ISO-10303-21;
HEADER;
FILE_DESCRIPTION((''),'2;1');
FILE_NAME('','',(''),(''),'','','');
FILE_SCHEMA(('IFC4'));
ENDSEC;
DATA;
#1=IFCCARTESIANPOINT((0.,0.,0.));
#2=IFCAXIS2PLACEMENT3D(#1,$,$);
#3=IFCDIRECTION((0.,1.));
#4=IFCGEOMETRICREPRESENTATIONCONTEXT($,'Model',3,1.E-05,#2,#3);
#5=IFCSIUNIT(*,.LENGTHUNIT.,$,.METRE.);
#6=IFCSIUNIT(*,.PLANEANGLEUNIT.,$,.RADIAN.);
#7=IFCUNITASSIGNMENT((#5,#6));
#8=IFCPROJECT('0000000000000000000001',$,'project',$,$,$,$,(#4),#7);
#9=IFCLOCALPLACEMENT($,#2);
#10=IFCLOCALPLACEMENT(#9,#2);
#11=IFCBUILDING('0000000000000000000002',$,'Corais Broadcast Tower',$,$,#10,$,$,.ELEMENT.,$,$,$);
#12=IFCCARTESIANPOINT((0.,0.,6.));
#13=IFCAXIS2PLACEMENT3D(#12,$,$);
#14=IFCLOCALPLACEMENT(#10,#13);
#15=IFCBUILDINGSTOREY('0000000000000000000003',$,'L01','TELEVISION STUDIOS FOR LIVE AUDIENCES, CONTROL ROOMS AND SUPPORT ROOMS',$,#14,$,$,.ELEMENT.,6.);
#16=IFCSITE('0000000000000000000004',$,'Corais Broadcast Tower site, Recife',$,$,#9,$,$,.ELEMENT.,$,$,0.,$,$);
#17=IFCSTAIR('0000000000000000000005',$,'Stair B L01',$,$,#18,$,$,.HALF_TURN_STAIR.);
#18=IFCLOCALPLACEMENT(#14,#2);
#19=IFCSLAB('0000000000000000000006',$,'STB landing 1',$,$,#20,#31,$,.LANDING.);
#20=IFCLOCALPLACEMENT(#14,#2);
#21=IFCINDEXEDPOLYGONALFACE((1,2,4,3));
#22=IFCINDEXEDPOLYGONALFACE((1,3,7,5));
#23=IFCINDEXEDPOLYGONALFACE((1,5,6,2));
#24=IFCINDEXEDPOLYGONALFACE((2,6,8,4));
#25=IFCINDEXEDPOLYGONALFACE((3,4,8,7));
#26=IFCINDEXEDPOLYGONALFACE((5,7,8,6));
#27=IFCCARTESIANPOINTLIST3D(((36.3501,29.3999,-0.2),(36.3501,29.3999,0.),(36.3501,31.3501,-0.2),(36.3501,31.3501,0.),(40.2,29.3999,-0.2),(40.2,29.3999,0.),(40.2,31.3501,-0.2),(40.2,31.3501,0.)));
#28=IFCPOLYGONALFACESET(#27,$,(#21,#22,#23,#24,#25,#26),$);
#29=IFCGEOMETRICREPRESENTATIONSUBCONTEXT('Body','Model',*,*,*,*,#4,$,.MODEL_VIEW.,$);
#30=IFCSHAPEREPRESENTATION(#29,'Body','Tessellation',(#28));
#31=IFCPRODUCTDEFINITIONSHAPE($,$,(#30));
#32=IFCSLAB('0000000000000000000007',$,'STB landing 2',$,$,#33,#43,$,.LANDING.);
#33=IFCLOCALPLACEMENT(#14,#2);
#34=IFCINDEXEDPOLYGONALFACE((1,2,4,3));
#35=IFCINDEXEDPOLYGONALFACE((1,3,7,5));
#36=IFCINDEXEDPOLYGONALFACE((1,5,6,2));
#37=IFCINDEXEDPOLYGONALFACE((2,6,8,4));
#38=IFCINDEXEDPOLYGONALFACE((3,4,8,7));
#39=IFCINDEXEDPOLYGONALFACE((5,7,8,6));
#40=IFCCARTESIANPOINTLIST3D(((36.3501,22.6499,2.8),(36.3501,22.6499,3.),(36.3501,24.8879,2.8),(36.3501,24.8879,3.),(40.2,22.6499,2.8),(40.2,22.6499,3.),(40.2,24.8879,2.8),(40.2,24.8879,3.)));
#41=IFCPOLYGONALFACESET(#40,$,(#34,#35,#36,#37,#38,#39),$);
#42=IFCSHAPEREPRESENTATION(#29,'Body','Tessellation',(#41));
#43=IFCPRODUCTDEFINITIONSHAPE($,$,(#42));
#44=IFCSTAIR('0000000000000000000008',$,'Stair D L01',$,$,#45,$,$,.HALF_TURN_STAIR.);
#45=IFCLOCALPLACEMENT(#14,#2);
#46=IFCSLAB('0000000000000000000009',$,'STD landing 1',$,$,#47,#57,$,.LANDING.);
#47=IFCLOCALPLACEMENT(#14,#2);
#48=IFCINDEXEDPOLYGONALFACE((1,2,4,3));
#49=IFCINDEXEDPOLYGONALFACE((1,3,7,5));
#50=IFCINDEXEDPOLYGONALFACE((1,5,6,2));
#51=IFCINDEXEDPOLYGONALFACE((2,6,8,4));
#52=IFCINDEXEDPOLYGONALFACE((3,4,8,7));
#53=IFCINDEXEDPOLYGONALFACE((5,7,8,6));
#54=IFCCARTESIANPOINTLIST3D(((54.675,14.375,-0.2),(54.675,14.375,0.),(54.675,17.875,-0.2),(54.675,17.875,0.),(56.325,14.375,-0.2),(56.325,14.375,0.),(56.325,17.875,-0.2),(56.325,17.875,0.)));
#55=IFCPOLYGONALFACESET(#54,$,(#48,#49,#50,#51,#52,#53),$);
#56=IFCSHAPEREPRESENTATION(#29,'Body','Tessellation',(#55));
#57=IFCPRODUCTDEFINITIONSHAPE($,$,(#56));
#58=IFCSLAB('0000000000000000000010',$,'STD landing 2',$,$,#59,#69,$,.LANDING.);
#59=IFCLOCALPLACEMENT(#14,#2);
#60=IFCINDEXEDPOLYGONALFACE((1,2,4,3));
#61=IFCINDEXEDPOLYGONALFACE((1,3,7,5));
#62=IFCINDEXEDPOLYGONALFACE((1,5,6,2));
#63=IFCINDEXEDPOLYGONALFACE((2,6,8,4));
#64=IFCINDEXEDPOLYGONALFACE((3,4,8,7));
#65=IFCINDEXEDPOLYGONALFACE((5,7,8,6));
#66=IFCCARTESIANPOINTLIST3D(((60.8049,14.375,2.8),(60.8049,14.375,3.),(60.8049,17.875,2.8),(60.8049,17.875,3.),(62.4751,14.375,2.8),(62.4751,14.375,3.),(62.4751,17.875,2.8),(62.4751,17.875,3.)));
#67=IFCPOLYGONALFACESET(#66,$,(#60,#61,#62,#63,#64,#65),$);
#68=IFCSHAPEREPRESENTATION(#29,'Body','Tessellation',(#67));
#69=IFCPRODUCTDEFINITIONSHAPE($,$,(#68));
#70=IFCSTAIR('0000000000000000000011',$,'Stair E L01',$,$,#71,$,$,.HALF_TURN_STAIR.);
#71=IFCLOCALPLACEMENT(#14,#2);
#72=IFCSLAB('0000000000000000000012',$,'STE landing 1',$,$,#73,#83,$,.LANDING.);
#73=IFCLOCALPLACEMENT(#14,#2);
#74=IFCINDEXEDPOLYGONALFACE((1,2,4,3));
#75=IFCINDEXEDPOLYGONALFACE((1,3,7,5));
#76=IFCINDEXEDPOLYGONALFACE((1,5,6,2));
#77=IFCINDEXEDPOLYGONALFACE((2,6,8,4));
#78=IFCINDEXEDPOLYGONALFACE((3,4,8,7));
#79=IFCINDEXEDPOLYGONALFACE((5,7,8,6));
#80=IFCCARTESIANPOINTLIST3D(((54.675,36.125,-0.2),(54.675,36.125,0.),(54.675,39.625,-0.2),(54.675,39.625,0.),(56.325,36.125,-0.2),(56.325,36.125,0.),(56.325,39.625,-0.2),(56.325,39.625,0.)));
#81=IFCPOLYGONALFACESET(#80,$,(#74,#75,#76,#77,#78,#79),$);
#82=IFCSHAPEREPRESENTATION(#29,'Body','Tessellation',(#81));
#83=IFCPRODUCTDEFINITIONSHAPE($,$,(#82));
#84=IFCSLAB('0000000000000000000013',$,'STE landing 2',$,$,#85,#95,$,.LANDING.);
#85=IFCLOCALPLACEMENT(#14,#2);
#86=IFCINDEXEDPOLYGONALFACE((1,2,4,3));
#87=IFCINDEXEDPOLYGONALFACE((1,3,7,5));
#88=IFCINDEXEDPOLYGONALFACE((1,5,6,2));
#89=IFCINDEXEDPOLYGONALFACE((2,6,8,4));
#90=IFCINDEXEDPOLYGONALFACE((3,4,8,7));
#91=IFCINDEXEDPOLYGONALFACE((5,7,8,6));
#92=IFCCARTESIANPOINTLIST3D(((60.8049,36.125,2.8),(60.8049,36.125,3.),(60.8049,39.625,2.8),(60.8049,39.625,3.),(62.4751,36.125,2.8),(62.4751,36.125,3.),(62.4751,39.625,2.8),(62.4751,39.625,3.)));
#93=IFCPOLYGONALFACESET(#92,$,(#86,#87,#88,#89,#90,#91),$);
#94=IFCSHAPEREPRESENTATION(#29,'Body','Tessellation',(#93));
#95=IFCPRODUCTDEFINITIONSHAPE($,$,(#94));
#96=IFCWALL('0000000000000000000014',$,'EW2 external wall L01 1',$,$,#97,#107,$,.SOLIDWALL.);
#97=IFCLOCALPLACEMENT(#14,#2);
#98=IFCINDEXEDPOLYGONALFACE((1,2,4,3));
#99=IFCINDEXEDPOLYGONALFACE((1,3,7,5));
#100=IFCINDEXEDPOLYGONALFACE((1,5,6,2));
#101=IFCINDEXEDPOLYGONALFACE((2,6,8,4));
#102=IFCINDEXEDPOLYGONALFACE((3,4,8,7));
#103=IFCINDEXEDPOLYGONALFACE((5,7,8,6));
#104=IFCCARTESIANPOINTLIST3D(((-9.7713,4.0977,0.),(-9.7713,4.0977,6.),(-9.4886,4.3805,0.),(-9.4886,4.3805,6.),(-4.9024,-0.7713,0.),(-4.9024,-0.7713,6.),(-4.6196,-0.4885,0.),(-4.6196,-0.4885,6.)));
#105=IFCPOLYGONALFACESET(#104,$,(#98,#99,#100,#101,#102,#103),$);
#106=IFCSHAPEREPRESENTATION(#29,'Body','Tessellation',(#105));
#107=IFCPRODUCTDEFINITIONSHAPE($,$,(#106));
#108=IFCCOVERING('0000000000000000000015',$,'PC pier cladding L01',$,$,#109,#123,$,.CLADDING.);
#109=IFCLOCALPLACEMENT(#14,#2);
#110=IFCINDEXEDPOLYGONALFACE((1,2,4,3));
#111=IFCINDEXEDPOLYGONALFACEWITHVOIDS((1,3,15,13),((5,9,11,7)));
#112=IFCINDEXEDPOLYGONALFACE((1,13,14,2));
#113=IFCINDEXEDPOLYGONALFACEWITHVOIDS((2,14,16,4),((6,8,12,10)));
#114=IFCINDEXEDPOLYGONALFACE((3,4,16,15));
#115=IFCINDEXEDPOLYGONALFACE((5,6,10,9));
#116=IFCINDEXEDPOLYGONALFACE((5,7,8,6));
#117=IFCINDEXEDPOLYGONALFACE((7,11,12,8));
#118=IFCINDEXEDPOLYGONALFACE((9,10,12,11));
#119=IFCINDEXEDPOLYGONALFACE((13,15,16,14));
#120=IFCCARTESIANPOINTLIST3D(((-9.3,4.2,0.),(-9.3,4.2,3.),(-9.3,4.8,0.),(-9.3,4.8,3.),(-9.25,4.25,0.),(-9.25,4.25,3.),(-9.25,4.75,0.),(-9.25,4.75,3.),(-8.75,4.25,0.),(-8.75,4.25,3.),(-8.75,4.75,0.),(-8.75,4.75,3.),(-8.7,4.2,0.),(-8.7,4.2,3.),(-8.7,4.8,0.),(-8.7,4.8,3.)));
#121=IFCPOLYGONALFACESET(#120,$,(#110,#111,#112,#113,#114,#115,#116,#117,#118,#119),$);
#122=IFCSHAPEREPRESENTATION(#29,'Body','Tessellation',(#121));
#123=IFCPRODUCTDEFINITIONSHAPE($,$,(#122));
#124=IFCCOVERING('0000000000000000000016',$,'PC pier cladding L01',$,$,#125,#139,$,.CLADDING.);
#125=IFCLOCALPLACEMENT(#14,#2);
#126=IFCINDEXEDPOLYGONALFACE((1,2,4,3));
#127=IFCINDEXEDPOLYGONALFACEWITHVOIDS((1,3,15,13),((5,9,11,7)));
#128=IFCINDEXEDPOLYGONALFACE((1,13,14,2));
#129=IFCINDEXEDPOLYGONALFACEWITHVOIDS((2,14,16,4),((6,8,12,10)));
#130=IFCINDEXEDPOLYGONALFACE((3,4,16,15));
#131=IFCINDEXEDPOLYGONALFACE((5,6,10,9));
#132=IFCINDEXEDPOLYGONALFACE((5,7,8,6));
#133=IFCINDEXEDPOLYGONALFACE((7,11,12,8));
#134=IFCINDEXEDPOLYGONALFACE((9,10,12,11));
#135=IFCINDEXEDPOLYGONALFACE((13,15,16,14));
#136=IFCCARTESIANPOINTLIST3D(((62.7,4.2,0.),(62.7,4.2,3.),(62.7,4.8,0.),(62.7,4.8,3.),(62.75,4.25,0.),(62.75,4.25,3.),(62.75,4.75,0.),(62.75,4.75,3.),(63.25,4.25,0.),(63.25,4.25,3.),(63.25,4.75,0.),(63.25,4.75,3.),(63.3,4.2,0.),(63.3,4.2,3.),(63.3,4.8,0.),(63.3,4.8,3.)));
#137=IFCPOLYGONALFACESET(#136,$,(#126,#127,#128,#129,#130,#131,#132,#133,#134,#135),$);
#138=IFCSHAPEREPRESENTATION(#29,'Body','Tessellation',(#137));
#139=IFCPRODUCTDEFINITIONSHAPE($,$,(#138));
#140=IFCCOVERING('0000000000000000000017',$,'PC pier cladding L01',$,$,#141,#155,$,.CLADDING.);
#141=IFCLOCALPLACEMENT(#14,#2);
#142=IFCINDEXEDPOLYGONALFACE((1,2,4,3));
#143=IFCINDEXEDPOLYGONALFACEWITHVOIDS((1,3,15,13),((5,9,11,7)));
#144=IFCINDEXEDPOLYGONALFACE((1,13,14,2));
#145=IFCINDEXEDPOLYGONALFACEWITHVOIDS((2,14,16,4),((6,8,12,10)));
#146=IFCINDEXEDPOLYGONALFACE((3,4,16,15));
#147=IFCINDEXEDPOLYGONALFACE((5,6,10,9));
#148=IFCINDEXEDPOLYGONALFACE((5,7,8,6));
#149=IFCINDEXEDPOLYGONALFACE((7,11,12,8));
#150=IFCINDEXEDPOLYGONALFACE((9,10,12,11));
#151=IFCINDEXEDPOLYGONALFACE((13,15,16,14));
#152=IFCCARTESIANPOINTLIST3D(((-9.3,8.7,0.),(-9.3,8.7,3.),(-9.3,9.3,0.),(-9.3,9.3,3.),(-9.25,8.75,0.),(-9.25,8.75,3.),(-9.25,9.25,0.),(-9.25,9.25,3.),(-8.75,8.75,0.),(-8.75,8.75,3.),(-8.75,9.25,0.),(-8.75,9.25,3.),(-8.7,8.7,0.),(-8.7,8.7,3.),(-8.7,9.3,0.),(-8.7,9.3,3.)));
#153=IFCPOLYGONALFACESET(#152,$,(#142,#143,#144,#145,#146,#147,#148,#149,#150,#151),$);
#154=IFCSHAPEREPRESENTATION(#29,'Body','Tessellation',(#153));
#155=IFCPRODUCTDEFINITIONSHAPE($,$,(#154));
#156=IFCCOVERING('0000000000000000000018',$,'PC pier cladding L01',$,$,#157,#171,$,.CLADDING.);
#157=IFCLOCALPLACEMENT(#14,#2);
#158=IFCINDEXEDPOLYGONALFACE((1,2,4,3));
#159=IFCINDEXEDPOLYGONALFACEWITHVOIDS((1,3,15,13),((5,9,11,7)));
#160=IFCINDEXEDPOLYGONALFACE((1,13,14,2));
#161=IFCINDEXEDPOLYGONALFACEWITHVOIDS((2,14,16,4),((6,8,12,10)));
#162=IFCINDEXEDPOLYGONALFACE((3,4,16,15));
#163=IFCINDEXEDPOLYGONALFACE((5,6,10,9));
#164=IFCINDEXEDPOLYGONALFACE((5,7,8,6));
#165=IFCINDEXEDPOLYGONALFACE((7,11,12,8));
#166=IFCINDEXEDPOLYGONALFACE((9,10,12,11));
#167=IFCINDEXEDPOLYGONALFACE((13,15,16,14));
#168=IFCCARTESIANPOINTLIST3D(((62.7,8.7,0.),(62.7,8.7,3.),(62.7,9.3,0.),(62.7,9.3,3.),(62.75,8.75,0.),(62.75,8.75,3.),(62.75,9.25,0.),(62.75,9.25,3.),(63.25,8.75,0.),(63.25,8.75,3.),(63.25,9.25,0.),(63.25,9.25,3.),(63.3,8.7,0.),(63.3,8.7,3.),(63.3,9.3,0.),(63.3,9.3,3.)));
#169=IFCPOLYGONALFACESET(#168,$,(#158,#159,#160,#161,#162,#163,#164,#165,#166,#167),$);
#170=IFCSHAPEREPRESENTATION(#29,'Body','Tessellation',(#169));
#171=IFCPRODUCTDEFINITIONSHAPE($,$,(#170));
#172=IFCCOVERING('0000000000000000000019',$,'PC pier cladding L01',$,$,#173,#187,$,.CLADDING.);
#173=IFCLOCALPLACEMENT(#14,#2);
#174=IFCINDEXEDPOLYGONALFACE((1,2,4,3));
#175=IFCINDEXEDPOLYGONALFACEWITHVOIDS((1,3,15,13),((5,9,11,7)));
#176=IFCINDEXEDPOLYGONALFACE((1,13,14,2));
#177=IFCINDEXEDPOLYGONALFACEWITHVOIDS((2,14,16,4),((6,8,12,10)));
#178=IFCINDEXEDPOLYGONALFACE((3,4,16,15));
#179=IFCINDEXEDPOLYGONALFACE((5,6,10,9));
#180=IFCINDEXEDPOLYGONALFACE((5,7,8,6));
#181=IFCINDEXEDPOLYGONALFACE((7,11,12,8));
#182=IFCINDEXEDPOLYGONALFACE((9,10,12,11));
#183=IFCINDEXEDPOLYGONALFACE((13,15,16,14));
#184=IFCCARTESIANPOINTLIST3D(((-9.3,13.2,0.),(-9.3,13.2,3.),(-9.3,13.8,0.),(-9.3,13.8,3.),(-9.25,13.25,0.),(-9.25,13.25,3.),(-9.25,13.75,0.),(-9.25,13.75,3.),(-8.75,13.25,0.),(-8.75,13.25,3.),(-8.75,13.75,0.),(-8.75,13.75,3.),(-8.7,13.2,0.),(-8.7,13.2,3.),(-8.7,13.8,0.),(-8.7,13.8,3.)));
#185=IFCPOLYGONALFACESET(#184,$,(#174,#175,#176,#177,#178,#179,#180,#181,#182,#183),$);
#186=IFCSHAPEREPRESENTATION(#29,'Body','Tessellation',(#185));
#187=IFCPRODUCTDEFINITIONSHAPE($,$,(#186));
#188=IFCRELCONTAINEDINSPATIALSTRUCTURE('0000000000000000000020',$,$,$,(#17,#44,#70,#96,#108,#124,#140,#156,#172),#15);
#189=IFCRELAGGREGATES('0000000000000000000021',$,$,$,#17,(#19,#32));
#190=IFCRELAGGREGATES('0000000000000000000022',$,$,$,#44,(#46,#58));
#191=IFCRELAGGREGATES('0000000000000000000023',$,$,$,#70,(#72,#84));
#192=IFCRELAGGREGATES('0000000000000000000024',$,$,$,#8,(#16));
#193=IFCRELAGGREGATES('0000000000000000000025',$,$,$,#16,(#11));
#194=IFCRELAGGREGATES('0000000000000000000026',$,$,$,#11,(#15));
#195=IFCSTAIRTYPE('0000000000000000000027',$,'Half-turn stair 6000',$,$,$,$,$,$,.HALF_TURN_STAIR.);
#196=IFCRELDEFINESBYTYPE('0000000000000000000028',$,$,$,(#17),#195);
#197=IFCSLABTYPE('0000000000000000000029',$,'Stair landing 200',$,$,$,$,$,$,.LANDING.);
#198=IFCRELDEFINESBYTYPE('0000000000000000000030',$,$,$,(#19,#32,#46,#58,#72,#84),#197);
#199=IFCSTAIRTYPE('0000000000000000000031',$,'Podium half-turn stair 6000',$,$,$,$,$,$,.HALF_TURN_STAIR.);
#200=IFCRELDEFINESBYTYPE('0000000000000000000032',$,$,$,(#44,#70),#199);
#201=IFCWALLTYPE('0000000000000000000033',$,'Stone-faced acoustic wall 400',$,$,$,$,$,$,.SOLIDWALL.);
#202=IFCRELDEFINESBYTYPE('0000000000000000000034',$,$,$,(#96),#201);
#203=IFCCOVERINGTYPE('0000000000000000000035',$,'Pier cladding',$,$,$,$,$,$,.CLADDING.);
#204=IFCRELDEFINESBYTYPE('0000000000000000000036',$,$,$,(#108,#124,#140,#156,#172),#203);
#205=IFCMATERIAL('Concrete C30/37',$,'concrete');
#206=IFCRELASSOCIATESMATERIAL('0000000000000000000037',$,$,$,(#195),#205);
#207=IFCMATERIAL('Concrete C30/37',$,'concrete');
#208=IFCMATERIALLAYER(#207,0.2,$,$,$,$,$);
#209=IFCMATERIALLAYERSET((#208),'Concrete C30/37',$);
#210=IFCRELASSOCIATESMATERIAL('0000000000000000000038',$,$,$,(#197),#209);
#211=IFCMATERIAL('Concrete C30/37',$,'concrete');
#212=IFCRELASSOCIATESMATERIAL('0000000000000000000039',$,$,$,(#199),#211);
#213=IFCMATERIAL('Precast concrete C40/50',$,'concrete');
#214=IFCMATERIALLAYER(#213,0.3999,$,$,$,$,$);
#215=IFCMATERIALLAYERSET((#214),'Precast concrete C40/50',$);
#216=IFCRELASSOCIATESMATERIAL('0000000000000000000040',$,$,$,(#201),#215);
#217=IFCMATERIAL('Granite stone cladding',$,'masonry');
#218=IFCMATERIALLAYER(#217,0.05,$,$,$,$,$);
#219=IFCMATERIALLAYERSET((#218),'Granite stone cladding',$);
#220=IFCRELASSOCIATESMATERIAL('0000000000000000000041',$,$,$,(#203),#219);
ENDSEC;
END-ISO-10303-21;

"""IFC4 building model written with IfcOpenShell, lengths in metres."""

from ifc_helpers import new_model, si_unit, direction, frame, frame_2d, origin, place, context, subcontext, project, spatial, polyline, rectangle, outline, extrude, material, layer, layer_set, type_object, element, aggregate, save


model = new_model("IFC4")

# Units and contexts
model_context = context("Model", 3, precision=1e-05, world=origin(), true_north=direction((0.0, 1.0)))
body_context = subcontext(model_context, "Body", "Model", "MODEL_VIEW")
ifc_project = project(units=[si_unit("LENGTHUNIT", "METRE"), si_unit("PLANEANGLEUNIT", "RADIAN")], contexts=[model_context])

# Site, building, storey
site_placement = place(None, origin())
site = spatial("IfcSite", under=ifc_project, at=site_placement, Name="Corais Broadcast Tower site, Recife", CompositionType="ELEMENT", RefElevation=0.0)
building_placement = place(site_placement, origin())
building = spatial("IfcBuilding", under=site, at=building_placement, Name="Corais Broadcast Tower", CompositionType="ELEMENT")
storey_placement = place(building_placement, frame((0.0, 0.0, 6.0)))
storey = spatial("IfcBuildingStorey", under=building, at=storey_placement, Name="L01", Description="TELEVISION STUDIOS FOR LIVE AUDIENCES, CONTROL ROOMS AND SUPPORT ROOMS", CompositionType="ELEMENT", Elevation=6.0)

# Stairs, slabs
ifc_material_1 = material(Name="Concrete C30/37", Category="concrete")
stair_type_1 = type_object("IfcStairType", Name="Half-turn stair 6000", PredefinedType="HALF_TURN_STAIR", material=ifc_material_1)
ifc_material_2 = material(Name="Concrete C30/37", Category="concrete")
ifc_layer_1 = layer(ifc_material_2, 0.2)
ifc_layer_set_1 = layer_set([ifc_layer_1], Name="Concrete C30/37")
slab_type_1 = type_object("IfcSlabType", Name="Stair landing 200", PredefinedType="LANDING", material=ifc_layer_set_1)
stair_1_placement = place(storey_placement, origin())
stair_1 = element("IfcStair", 1, at=stair_1_placement, inside=storey, type_object=stair_type_1, Name="Stair B L01", PredefinedType="HALF_TURN_STAIR")
slab_1_placement = place(storey_placement, frame((0.0, 0.0, -0.2)))
slab_1 = element("IfcSlab", 2, at=slab_1_placement, type_object=slab_type_1, Name="STB landing 1", PredefinedType="LANDING", context=body_context, shape_type="SweptSolid", body=[
    extrude(outline(polyline([(36.3501, 29.3999), (40.2, 29.3999), (40.2, 31.3501), (36.3501, 31.3501), (36.3501, 29.3999)])), origin(), (0.0, 0.0, 1.0), 0.2),
])
slab_2_placement = place(storey_placement, frame((0.0, 0.0, 2.8)))
slab_2 = element("IfcSlab", 3, at=slab_2_placement, type_object=slab_type_1, Name="STB landing 2", PredefinedType="LANDING", context=body_context, shape_type="SweptSolid", body=[
    extrude(outline(polyline([(36.3501, 22.6499), (40.2, 22.6499), (40.2, 24.8879), (36.3501, 24.8879), (36.3501, 22.6499)])), origin(), (0.0, 0.0, 1.0), 0.2),
])
aggregate(stair_1, [slab_1, slab_2])
ifc_material_3 = material(Name="Concrete C30/37", Category="concrete")
stair_type_2 = type_object("IfcStairType", Name="Podium half-turn stair 6000", PredefinedType="HALF_TURN_STAIR", material=ifc_material_3)
stair_2_placement = place(storey_placement, origin())
stair_2 = element("IfcStair", 4, at=stair_2_placement, inside=storey, type_object=stair_type_2, Name="Stair D L01", PredefinedType="HALF_TURN_STAIR")
slab_3_placement = place(storey_placement, frame((0.0, 0.0, -0.2)))
slab_3 = element("IfcSlab", 5, at=slab_3_placement, type_object=slab_type_1, Name="STD landing 1", PredefinedType="LANDING", context=body_context, shape_type="SweptSolid", body=[
    extrude(outline(polyline([(54.675, 14.375), (56.325, 14.375), (56.325, 17.875), (54.675, 17.875), (54.675, 14.375)])), origin(), (0.0, 0.0, 1.0), 0.2),
])
slab_4_placement = place(storey_placement, frame((0.0, 0.0, 2.8)))
slab_4 = element("IfcSlab", 6, at=slab_4_placement, type_object=slab_type_1, Name="STD landing 2", PredefinedType="LANDING", context=body_context, shape_type="SweptSolid", body=[
    extrude(outline(polyline([(60.8049, 14.375), (62.4751, 14.375), (62.4751, 17.875), (60.8049, 17.875), (60.8049, 14.375)])), origin(), (0.0, 0.0, 1.0), 0.2),
])
aggregate(stair_2, [slab_3, slab_4])
stair_3_placement = place(storey_placement, origin())
stair_3 = element("IfcStair", 7, at=stair_3_placement, inside=storey, type_object=stair_type_2, Name="Stair E L01", PredefinedType="HALF_TURN_STAIR")
slab_5_placement = place(storey_placement, frame((0.0, 0.0, -0.2)))
slab_5 = element("IfcSlab", 8, at=slab_5_placement, type_object=slab_type_1, Name="STE landing 1", PredefinedType="LANDING", context=body_context, shape_type="SweptSolid", body=[
    extrude(outline(polyline([(54.675, 36.125), (56.325, 36.125), (56.325, 39.625), (54.675, 39.625), (54.675, 36.125)])), origin(), (0.0, 0.0, 1.0), 0.2),
])
slab_6_placement = place(storey_placement, frame((0.0, 0.0, 2.8)))
slab_6 = element("IfcSlab", 9, at=slab_6_placement, type_object=slab_type_1, Name="STE landing 2", PredefinedType="LANDING", context=body_context, shape_type="SweptSolid", body=[
    extrude(outline(polyline([(60.8049, 36.125), (62.4751, 36.125), (62.4751, 39.625), (60.8049, 39.625), (60.8049, 36.125)])), origin(), (0.0, 0.0, 1.0), 0.2),
])
aggregate(stair_3, [slab_5, slab_6])

# Wall
ifc_material_4 = material(Name="Precast concrete C40/50", Category="concrete")
ifc_layer_2 = layer(ifc_material_4, 0.3999)
ifc_layer_set_2 = layer_set([ifc_layer_2], Name="Precast concrete C40/50")
wall_type = type_object("IfcWallType", Name="Stone-faced acoustic wall 400", PredefinedType="SOLIDWALL", material=ifc_layer_set_2)
wall_placement = place(storey_placement, frame((-4.761, -0.6299, 0.0), z_axis=(0.0, 0.0, 1.0), x_axis=(-0.707107, 0.707107, 0.0)))
element("IfcWall", 10, at=wall_placement, inside=storey, type_object=wall_type, Name="EW2 external wall L01 1", PredefinedType="SOLIDWALL", context=body_context, shape_type="SweptSolid", body=[
    extrude(rectangle(XDim=6.8857, YDim=0.3999, at=frame_2d((3.4429, 0.0))), origin(), (0.0, 0.0, 1.0), 6.0),
])

# Coverings
ifc_material_5 = material(Name="Granite stone cladding", Category="masonry")
ifc_layer_3 = layer(ifc_material_5, 0.05)
ifc_layer_set_3 = layer_set([ifc_layer_3], Name="Granite stone cladding")
covering_type_1 = type_object("IfcCoveringType", Name="Pier cladding", PredefinedType="CLADDING", material=ifc_layer_set_3)
covering_1_placement = place(storey_placement, origin())
element("IfcCovering", 11, at=covering_1_placement, inside=storey, type_object=covering_type_1, Name="PC pier cladding L01", PredefinedType="CLADDING", context=body_context, shape_type="SweptSolid", body=[
    extrude(outline(polyline([(-9.3, 4.2), (-8.7, 4.2), (-8.7, 4.8), (-9.3, 4.8), (-9.3, 4.2)]), holes=[polyline([(-9.25, 4.25), (-8.75, 4.25), (-8.75, 4.75), (-9.25, 4.75), (-9.25, 4.25)])]), origin(), (0.0, 0.0, 1.0), 3.0),
])
covering_2_placement = place(storey_placement, origin())
element("IfcCovering", 12, at=covering_2_placement, inside=storey, type_object=covering_type_1, Name="PC pier cladding L01", PredefinedType="CLADDING", context=body_context, shape_type="SweptSolid", body=[
    extrude(outline(polyline([(62.7, 4.2), (63.3, 4.2), (63.3, 4.8), (62.7, 4.8), (62.7, 4.2)]), holes=[polyline([(62.75, 4.25), (63.25, 4.25), (63.25, 4.75), (62.75, 4.75), (62.75, 4.25)])]), origin(), (0.0, 0.0, 1.0), 3.0),
])
covering_3_placement = place(storey_placement, origin())
element("IfcCovering", 13, at=covering_3_placement, inside=storey, type_object=covering_type_1, Name="PC pier cladding L01", PredefinedType="CLADDING", context=body_context, shape_type="SweptSolid", body=[
    extrude(outline(polyline([(-9.3, 8.7), (-8.7, 8.7), (-8.7, 9.3), (-9.3, 9.3), (-9.3, 8.7)]), holes=[polyline([(-9.25, 8.75), (-8.75, 8.75), (-8.75, 9.25), (-9.25, 9.25), (-9.25, 8.75)])]), origin(), (0.0, 0.0, 1.0), 3.0),
])
covering_4_placement = place(storey_placement, origin())
element("IfcCovering", 14, at=covering_4_placement, inside=storey, type_object=covering_type_1, Name="PC pier cladding L01", PredefinedType="CLADDING", context=body_context, shape_type="SweptSolid", body=[
    extrude(outline(polyline([(62.7, 8.7), (63.3, 8.7), (63.3, 9.3), (62.7, 9.3), (62.7, 8.7)]), holes=[polyline([(62.75, 8.75), (63.25, 8.75), (63.25, 9.25), (62.75, 9.25), (62.75, 8.75)])]), origin(), (0.0, 0.0, 1.0), 3.0),
])
covering_5_placement = place(storey_placement, origin())
element("IfcCovering", 15, at=covering_5_placement, inside=storey, type_object=covering_type_1, Name="PC pier cladding L01", PredefinedType="CLADDING", context=body_context, shape_type="SweptSolid", body=[
    extrude(outline(polyline([(-9.3, 13.2), (-8.7, 13.2), (-8.7, 13.8), (-9.3, 13.8), (-9.3, 13.2)]), holes=[polyline([(-9.25, 13.25), (-8.75, 13.25), (-8.75, 13.75), (-9.25, 13.75), (-9.25, 13.25)])]), origin(), (0.0, 0.0, 1.0), 3.0),
])

save(model, "model.ifc")
